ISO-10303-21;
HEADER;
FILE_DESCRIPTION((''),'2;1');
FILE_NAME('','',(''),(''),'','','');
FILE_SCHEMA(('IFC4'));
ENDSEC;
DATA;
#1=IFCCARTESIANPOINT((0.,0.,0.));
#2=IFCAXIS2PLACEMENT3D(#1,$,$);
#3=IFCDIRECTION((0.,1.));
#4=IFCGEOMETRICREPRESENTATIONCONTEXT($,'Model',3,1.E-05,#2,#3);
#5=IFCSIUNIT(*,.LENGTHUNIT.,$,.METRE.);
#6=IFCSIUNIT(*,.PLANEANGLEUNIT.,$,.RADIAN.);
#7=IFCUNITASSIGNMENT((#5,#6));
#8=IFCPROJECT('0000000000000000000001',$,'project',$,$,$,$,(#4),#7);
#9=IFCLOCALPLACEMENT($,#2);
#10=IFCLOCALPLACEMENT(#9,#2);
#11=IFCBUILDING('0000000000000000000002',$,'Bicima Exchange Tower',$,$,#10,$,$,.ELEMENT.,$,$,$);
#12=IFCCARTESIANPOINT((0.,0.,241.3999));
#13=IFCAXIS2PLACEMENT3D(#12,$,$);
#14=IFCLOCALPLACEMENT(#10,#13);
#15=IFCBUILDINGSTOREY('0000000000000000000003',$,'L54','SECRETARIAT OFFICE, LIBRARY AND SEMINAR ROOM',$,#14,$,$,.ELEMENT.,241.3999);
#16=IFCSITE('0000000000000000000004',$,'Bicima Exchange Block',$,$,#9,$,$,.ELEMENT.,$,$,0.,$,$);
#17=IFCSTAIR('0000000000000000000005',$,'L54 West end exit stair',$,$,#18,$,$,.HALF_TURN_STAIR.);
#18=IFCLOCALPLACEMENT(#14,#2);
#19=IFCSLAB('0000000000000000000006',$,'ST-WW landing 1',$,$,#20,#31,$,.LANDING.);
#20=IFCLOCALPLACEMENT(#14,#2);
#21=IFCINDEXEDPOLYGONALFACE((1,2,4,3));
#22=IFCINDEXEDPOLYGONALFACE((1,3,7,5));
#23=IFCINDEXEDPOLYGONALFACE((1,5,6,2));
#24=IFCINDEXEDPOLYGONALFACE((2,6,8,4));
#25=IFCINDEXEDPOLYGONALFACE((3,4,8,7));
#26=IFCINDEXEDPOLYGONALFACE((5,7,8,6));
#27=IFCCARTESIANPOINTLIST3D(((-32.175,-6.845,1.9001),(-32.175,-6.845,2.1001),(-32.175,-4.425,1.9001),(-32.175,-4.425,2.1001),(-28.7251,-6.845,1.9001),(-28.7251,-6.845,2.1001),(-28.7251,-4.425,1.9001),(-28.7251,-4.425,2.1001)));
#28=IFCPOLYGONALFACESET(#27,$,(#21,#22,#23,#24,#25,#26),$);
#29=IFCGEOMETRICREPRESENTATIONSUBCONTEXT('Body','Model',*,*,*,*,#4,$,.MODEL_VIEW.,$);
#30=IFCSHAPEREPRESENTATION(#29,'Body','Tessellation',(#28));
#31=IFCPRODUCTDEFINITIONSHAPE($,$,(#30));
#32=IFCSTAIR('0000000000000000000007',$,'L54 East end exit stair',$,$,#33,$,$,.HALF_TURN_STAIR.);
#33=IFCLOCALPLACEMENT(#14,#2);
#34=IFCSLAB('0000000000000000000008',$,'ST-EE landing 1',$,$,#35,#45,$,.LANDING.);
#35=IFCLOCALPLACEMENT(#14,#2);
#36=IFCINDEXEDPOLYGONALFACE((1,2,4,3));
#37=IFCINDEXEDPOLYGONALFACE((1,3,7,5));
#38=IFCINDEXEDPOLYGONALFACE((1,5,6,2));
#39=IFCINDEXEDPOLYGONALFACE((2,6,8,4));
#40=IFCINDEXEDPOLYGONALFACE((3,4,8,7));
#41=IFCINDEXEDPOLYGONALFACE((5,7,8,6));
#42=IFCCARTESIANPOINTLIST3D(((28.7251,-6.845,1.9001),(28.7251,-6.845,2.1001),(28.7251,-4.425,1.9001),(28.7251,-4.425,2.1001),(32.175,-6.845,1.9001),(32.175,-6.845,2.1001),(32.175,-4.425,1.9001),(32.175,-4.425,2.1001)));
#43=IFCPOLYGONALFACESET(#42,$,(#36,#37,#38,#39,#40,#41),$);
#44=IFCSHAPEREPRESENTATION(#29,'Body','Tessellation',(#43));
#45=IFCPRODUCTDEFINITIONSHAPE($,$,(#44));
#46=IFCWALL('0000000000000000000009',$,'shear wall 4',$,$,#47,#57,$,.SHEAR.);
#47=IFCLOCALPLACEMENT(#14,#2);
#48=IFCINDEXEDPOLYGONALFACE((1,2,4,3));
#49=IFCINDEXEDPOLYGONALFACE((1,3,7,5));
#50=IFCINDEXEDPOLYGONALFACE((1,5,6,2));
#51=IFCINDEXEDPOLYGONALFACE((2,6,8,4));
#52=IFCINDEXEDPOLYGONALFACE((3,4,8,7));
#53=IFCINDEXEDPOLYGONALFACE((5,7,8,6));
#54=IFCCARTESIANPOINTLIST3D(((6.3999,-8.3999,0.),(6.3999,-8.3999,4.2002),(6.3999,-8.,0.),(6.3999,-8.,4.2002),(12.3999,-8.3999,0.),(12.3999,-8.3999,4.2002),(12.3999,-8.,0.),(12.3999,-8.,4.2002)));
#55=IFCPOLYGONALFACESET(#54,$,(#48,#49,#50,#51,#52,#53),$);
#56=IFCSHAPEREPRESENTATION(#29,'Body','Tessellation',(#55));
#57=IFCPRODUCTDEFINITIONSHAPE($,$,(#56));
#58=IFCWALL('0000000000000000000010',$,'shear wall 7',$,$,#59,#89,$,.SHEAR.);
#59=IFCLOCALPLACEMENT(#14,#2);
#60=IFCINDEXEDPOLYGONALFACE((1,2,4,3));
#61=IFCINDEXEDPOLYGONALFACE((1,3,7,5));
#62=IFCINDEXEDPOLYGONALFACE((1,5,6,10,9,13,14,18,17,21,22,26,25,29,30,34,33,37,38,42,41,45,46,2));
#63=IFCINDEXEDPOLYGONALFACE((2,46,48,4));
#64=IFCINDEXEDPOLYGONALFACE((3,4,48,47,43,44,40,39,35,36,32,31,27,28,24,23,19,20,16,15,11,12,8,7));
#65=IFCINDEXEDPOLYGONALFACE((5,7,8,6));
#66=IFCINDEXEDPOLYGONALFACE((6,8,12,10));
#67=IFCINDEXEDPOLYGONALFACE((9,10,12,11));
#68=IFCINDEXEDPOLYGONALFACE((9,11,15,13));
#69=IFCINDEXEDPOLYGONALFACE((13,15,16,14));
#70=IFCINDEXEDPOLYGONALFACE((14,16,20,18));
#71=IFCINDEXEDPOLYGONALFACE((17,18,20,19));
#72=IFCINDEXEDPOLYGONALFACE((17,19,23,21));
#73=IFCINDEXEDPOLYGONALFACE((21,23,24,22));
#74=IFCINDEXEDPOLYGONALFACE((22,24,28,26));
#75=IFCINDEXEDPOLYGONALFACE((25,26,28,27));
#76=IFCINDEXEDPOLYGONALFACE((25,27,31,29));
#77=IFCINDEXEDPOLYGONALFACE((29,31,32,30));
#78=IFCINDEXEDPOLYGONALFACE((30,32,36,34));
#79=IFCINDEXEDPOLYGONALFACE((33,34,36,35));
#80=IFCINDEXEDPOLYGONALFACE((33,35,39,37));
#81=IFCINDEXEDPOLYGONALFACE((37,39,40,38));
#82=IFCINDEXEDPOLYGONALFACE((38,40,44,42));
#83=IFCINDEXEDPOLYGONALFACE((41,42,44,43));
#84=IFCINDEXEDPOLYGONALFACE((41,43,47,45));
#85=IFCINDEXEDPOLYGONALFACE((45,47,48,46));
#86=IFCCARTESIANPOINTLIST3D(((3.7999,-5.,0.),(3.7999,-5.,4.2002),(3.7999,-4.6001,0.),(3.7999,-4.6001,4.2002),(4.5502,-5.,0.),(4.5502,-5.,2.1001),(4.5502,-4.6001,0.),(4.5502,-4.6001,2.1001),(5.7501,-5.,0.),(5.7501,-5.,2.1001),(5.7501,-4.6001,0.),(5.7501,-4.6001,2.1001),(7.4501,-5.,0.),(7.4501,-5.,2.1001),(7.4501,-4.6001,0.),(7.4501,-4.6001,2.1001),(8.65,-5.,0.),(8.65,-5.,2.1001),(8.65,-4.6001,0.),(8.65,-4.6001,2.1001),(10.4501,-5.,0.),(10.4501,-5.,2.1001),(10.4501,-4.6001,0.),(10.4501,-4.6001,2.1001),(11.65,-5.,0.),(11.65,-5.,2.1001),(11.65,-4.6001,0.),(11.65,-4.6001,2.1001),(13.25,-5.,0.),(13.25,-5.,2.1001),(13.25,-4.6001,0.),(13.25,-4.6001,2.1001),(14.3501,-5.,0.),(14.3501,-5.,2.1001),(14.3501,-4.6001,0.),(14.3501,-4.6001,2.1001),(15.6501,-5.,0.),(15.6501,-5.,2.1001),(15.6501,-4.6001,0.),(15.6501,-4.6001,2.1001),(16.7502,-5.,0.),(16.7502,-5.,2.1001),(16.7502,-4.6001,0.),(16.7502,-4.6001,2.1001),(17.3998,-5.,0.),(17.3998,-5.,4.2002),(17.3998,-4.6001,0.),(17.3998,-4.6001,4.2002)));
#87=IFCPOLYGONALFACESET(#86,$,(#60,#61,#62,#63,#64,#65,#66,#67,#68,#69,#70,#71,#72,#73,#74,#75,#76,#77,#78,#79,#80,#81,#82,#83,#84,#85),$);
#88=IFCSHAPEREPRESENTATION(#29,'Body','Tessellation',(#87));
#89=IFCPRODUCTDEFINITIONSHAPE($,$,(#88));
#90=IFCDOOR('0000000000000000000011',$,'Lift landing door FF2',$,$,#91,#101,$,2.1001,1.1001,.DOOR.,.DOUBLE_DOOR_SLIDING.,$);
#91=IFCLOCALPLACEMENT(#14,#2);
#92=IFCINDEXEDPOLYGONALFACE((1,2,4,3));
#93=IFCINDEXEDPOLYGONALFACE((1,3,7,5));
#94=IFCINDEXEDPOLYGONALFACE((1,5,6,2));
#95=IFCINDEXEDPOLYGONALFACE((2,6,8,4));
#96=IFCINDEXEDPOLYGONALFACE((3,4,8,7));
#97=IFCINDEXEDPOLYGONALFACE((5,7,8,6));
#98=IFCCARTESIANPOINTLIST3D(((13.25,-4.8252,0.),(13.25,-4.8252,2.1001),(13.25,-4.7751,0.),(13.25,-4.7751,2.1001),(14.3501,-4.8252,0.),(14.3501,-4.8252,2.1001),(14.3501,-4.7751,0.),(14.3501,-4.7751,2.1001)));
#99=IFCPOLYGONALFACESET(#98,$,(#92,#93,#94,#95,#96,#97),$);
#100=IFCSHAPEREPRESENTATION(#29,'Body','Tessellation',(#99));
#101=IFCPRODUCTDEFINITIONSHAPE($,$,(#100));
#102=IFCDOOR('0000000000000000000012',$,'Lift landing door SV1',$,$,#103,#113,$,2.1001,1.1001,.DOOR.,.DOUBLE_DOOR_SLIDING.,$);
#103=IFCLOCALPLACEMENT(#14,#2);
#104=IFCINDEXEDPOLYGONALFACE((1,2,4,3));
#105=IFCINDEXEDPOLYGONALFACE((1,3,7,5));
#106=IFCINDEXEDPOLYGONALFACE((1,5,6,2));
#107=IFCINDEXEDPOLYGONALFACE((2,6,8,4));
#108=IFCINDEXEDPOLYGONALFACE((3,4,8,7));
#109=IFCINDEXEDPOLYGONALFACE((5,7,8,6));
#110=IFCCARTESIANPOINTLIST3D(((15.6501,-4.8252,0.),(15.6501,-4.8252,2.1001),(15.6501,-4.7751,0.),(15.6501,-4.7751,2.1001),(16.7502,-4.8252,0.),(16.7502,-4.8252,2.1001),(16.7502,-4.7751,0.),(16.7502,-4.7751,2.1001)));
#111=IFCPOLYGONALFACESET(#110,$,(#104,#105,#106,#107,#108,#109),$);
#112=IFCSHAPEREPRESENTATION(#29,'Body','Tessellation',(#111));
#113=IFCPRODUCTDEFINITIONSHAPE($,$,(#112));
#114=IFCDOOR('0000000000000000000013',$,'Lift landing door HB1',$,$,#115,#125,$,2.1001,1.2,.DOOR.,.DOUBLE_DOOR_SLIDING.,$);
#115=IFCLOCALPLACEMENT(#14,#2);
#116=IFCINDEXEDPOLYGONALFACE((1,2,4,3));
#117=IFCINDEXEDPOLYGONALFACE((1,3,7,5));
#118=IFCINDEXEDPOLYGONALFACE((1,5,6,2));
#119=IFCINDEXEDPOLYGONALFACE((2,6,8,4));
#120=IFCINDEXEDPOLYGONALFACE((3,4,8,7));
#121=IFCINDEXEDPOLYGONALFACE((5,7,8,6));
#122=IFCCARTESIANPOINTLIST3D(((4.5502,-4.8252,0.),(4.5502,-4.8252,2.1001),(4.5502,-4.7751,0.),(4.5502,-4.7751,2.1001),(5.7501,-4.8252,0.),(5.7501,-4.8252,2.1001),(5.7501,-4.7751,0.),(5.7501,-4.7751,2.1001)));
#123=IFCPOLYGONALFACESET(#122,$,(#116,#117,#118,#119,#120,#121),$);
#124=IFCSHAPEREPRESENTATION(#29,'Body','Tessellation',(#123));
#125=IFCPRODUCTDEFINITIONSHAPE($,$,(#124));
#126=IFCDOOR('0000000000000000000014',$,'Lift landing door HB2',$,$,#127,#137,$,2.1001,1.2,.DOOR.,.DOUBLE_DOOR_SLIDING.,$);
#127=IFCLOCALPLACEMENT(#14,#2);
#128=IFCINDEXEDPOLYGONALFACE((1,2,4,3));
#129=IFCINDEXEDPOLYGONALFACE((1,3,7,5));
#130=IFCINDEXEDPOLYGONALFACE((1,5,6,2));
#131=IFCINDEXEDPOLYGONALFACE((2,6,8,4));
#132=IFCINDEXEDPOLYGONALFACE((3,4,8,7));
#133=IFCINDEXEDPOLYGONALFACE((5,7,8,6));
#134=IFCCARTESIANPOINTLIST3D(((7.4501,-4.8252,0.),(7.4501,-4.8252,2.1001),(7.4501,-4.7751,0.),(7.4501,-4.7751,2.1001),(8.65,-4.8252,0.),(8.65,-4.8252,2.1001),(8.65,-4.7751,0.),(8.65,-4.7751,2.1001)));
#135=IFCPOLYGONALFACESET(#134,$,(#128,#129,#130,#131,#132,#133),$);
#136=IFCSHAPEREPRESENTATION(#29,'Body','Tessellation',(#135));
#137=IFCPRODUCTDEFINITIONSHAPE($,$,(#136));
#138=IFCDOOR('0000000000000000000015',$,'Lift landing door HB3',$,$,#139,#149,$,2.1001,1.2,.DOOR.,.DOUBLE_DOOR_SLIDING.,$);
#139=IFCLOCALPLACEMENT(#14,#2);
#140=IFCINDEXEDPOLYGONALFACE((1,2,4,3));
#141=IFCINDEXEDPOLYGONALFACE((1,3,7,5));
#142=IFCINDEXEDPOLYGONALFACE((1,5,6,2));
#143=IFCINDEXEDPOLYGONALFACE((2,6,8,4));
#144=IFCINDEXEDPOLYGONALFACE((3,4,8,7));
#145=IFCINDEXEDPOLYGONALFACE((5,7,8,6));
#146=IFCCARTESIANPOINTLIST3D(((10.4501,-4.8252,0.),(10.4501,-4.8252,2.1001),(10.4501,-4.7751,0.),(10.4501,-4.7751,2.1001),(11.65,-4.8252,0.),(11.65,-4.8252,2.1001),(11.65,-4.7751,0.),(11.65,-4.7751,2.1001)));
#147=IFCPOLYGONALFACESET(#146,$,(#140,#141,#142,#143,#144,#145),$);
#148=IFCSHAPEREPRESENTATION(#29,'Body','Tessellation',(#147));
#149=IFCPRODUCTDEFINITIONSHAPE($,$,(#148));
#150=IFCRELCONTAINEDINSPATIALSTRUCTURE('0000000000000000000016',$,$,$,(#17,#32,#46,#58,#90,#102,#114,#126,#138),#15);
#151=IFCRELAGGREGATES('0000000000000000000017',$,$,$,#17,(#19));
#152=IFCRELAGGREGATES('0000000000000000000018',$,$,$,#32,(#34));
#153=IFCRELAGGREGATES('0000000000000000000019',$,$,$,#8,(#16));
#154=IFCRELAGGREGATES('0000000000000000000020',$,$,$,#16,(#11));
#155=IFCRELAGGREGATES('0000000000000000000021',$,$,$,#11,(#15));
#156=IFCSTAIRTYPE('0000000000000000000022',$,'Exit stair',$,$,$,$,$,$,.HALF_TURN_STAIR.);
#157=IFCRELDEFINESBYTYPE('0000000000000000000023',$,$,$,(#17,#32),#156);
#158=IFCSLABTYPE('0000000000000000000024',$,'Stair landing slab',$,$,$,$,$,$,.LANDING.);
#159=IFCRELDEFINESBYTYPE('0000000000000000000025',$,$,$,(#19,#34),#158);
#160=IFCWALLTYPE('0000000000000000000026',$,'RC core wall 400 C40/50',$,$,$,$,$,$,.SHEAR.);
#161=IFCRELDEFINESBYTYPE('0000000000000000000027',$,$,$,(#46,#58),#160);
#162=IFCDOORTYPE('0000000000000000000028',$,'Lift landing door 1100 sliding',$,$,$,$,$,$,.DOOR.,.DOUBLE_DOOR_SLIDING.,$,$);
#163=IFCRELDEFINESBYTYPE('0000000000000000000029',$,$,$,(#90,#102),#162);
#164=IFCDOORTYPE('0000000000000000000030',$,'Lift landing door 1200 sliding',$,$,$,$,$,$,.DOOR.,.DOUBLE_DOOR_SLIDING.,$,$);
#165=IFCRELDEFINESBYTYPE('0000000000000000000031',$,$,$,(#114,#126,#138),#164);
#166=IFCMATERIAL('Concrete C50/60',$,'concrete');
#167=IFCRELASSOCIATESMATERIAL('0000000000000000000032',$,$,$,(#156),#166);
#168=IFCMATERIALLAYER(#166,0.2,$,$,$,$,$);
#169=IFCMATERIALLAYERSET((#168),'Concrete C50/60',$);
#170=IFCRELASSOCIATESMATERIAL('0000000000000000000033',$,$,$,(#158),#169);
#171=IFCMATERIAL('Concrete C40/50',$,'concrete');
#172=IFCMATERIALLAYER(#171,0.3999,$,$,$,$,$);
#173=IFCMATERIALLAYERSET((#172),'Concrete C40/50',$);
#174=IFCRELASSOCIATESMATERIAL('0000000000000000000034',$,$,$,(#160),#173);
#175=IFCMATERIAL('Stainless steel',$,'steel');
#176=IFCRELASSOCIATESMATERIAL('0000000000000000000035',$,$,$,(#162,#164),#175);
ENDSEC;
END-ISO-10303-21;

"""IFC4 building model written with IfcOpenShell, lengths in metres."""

from ifc_helpers import new_model, si_unit, direction, frame, frame_2d, origin, place, context, subcontext, project, spatial, polyline, rectangle, outline, extrude, material, layer, layer_set, type_object, element, fill, aggregate, save


model = new_model("IFC4")

# Units and contexts
model_context = context("Model", 3, precision=1e-05, world=origin(), true_north=direction((0.0, 1.0)))
body_context = subcontext(model_context, "Body", "Model", "MODEL_VIEW")
ifc_project = project(units=[si_unit("LENGTHUNIT", "METRE"), si_unit("PLANEANGLEUNIT", "RADIAN")], contexts=[model_context])

# Site, building, storey
site_placement = place(None, origin())
site = spatial("IfcSite", under=ifc_project, at=site_placement, Name="Bicima Exchange Block", CompositionType="ELEMENT", RefElevation=0.0)
building_placement = place(site_placement, origin())
building = spatial("IfcBuilding", under=site, at=building_placement, Name="Bicima Exchange Tower", CompositionType="ELEMENT")
storey_placement = place(building_placement, frame((0.0, 0.0, 241.3999)))
storey = spatial("IfcBuildingStorey", under=building, at=storey_placement, Name="L54", Description="SECRETARIAT OFFICE, LIBRARY AND SEMINAR ROOM", CompositionType="ELEMENT", Elevation=241.3999)

# Shared definitions
ifc_material_1 = material(Name="Concrete C40/50", Category="concrete")

# Stairs, slabs
ifc_material_2 = material(Name="Concrete C50/60", Category="concrete")
stair_type_1 = type_object("IfcStairType", Name="Exit stair", PredefinedType="HALF_TURN_STAIR", material=ifc_material_2)
ifc_layer_1 = layer(ifc_material_2, 0.2)
ifc_layer_set_1 = layer_set([ifc_layer_1], Name="Concrete C50/60")
slab_type_1 = type_object("IfcSlabType", Name="Stair landing slab", PredefinedType="LANDING", material=ifc_layer_set_1)
stair_1_placement = place(storey_placement, origin())
stair_1 = element("IfcStair", 1, at=stair_1_placement, inside=storey, type_object=stair_type_1, Name="L54 West end exit stair", PredefinedType="HALF_TURN_STAIR")
slab_1_placement = place(storey_placement, frame((0.0, 0.0, 1.9001)))
slab_1 = element("IfcSlab", 2, at=slab_1_placement, type_object=slab_type_1, Name="ST-WW landing 1", PredefinedType="LANDING", context=body_context, shape_type="SweptSolid", body=[
    extrude(outline(polyline([(-28.7251, -6.845), (-28.7251, -4.425), (-32.175, -4.425), (-32.175, -6.845), (-28.7251, -6.845)])), origin(), (0.0, 0.0, 1.0), 0.2),
])
aggregate(stair_1, [slab_1])
stair_2_placement = place(storey_placement, origin())
stair_2 = element("IfcStair", 3, at=stair_2_placement, inside=storey, type_object=stair_type_1, Name="L54 East end exit stair", PredefinedType="HALF_TURN_STAIR")
slab_2_placement = place(storey_placement, frame((0.0, 0.0, 1.9001)))
slab_2 = element("IfcSlab", 4, at=slab_2_placement, type_object=slab_type_1, Name="ST-EE landing 1", PredefinedType="LANDING", context=body_context, shape_type="SweptSolid", body=[
    extrude(outline(polyline([(32.175, -6.845), (32.175, -4.425), (28.7251, -4.425), (28.7251, -6.845), (32.175, -6.845)])), origin(), (0.0, 0.0, 1.0), 0.2),
])
aggregate(stair_2, [slab_2])

# Wall
ifc_layer_2 = layer(ifc_material_1, 0.3999)
ifc_layer_set_2 = layer_set([ifc_layer_2], Name="Concrete C40/50")
wall_type_1 = type_object("IfcWallType", Name="RC core wall 400 C40/50", PredefinedType="SHEAR", material=ifc_layer_set_2)
wall_1_placement = place(storey_placement, frame((6.3999, -8.2, 0.0), z_axis=(0.0, 0.0, 1.0), x_axis=(1.0, 0.0, 0.0)))
element("IfcWall", 5, at=wall_1_placement, inside=storey, type_object=wall_type_1, Name="shear wall 4", PredefinedType="SHEAR", context=body_context, shape_type="SweptSolid", body=[
    extrude(rectangle(XDim=6.0, YDim=0.3999, at=frame_2d((3.0, 0.0))), origin(), (0.0, 0.0, 1.0), 4.2002),
])

# Wall, openings, doors
wall_2_placement = place(storey_placement, frame((3.8, -4.8, 0.0), z_axis=(0.0, 0.0, 1.0), x_axis=(1.0, 0.0, 0.0)))
wall_2 = element("IfcWall", 6, at=wall_2_placement, inside=storey, type_object=wall_type_1, Name="shear wall 7", PredefinedType="SHEAR", context=body_context, shape_type="SweptSolid", body=[
    extrude(rectangle(XDim=13.5999, YDim=0.3999, at=frame_2d((6.7998, 0.0))), origin(), (0.0, 0.0, 1.0), 4.2002),
])
opening_1_placement = place(wall_2_placement, frame((0.75, 0.0, 0.0)))
opening_1 = element("IfcOpeningElement", 7, at=opening_1_placement, cuts=wall_2, PredefinedType="OPENING", context=body_context, shape_type="SweptSolid", body=[
    extrude(rectangle(XDim=1.2, YDim=2.1001, at=frame_2d((0.6001, 1.05))), frame((0.0, 0.2119, 0.0), z_axis=(0.0, -1.0, 0.0), x_axis=(1.0, 0.0, 0.0)), (0.0, 0.0, 1.0), 0.4238),
])
opening_2_placement = place(wall_2_placement, frame((3.6499, 0.0, 0.0)))
opening_2 = element("IfcOpeningElement", 8, at=opening_2_placement, cuts=wall_2, PredefinedType="OPENING", context=body_context, shape_type="SweptSolid", body=[
    extrude(rectangle(XDim=1.2, YDim=2.1001, at=frame_2d((0.6001, 1.05))), frame((0.0, 0.2119, 0.0), z_axis=(0.0, -1.0, 0.0), x_axis=(1.0, 0.0, 0.0)), (0.0, 0.0, 1.0), 0.4238),
])
opening_3_placement = place(wall_2_placement, frame((6.6499, 0.0, 0.0)))
opening_3 = element("IfcOpeningElement", 9, at=opening_3_placement, cuts=wall_2, PredefinedType="OPENING", context=body_context, shape_type="SweptSolid", body=[
    extrude(rectangle(XDim=1.2, YDim=2.1001, at=frame_2d((0.6001, 1.05))), frame((0.0, 0.2119, 0.0), z_axis=(0.0, -1.0, 0.0), x_axis=(1.0, 0.0, 0.0)), (0.0, 0.0, 1.0), 0.4238),
])
opening_4_placement = place(wall_2_placement, frame((9.45, 0.0, 0.0)))
opening_4 = element("IfcOpeningElement", 10, at=opening_4_placement, cuts=wall_2, PredefinedType="OPENING", context=body_context, shape_type="SweptSolid", body=[
    extrude(rectangle(XDim=1.1001, YDim=2.1001, at=frame_2d((0.55, 1.05))), frame((0.0, 0.2119, 0.0), z_axis=(0.0, -1.0, 0.0), x_axis=(1.0, 0.0, 0.0)), (0.0, 0.0, 1.0), 0.4238),
])
opening_5_placement = place(wall_2_placement, frame((11.8501, 0.0, 0.0)))
opening_5 = element("IfcOpeningElement", 11, at=opening_5_placement, cuts=wall_2, PredefinedType="OPENING", context=body_context, shape_type="SweptSolid", body=[
    extrude(rectangle(XDim=1.1001, YDim=2.1001, at=frame_2d((0.55, 1.05))), frame((0.0, 0.2119, 0.0), z_axis=(0.0, -1.0, 0.0), x_axis=(1.0, 0.0, 0.0)), (0.0, 0.0, 1.0), 0.4238),
])
ifc_material_3 = material(Name="Stainless steel", Category="steel")
door_type_1 = type_object("IfcDoorType", Name="Lift landing door 1100 sliding", OperationType="DOUBLE_DOOR_SLIDING", PredefinedType="DOOR", material=ifc_material_3)
door_1_placement = place(opening_4_placement, origin())
door_1 = element("IfcDoor", 12, at=door_1_placement, inside=storey, type_object=door_type_1, Name="Lift landing door FF2", OperationType="DOUBLE_DOOR_SLIDING", OverallHeight=2.1001, OverallWidth=1.1001, PredefinedType="DOOR", context=body_context, shape_type="SweptSolid", body=[
    extrude(rectangle(XDim=1.1001, YDim=2.1001, at=frame_2d((0.55, 1.05))), frame((0.0, 0.0249, 0.0), z_axis=(0.0, -1.0, 0.0), x_axis=(1.0, 0.0, 0.0)), (0.0, 0.0, 1.0), 0.05),
])
fill(opening_4, door_1)
door_2_placement = place(opening_5_placement, origin())
door_2 = element("IfcDoor", 13, at=door_2_placement, inside=storey, type_object=door_type_1, Name="Lift landing door SV1", OperationType="DOUBLE_DOOR_SLIDING", OverallHeight=2.1001, OverallWidth=1.1001, PredefinedType="DOOR", context=body_context, shape_type="SweptSolid", body=[
    extrude(rectangle(XDim=1.1001, YDim=2.1001, at=frame_2d((0.55, 1.05))), frame((0.0, 0.0249, 0.0), z_axis=(0.0, -1.0, 0.0), x_axis=(1.0, 0.0, 0.0)), (0.0, 0.0, 1.0), 0.05),
])
fill(opening_5, door_2)
door_type_2 = type_object("IfcDoorType", Name="Lift landing door 1200 sliding", OperationType="DOUBLE_DOOR_SLIDING", PredefinedType="DOOR", material=ifc_material_3)
door_3_placement = place(opening_1_placement, origin())
door_3 = element("IfcDoor", 14, at=door_3_placement, inside=storey, type_object=door_type_2, Name="Lift landing door HB1", OperationType="DOUBLE_DOOR_SLIDING", OverallHeight=2.1001, OverallWidth=1.2, PredefinedType="DOOR", context=body_context, shape_type="SweptSolid", body=[
    extrude(rectangle(XDim=1.2, YDim=2.1001, at=frame_2d((0.6001, 1.05))), frame((0.0, 0.0249, 0.0), z_axis=(0.0, -1.0, 0.0), x_axis=(1.0, 0.0, 0.0)), (0.0, 0.0, 1.0), 0.05),
])
fill(opening_1, door_3)
door_4_placement = place(opening_2_placement, origin())
door_4 = element("IfcDoor", 15, at=door_4_placement, inside=storey, type_object=door_type_2, Name="Lift landing door HB2", OperationType="DOUBLE_DOOR_SLIDING", OverallHeight=2.1001, OverallWidth=1.2, PredefinedType="DOOR", context=body_context, shape_type="SweptSolid", body=[
    extrude(rectangle(XDim=1.2, YDim=2.1001, at=frame_2d((0.6001, 1.05))), frame((0.0, 0.0249, 0.0), z_axis=(0.0, -1.0, 0.0), x_axis=(1.0, 0.0, 0.0)), (0.0, 0.0, 1.0), 0.05),
])
fill(opening_2, door_4)
door_5_placement = place(opening_3_placement, origin())
door_5 = element("IfcDoor", 16, at=door_5_placement, inside=storey, type_object=door_type_2, Name="Lift landing door HB3", OperationType="DOUBLE_DOOR_SLIDING", OverallHeight=2.1001, OverallWidth=1.2, PredefinedType="DOOR", context=body_context, shape_type="SweptSolid", body=[
    extrude(rectangle(XDim=1.2, YDim=2.1001, at=frame_2d((0.6001, 1.05))), frame((0.0, 0.0249, 0.0), z_axis=(0.0, -1.0, 0.0), x_axis=(1.0, 0.0, 0.0)), (0.0, 0.0, 1.0), 0.05),
])
fill(opening_3, door_5)

save(model, "model.ifc")
